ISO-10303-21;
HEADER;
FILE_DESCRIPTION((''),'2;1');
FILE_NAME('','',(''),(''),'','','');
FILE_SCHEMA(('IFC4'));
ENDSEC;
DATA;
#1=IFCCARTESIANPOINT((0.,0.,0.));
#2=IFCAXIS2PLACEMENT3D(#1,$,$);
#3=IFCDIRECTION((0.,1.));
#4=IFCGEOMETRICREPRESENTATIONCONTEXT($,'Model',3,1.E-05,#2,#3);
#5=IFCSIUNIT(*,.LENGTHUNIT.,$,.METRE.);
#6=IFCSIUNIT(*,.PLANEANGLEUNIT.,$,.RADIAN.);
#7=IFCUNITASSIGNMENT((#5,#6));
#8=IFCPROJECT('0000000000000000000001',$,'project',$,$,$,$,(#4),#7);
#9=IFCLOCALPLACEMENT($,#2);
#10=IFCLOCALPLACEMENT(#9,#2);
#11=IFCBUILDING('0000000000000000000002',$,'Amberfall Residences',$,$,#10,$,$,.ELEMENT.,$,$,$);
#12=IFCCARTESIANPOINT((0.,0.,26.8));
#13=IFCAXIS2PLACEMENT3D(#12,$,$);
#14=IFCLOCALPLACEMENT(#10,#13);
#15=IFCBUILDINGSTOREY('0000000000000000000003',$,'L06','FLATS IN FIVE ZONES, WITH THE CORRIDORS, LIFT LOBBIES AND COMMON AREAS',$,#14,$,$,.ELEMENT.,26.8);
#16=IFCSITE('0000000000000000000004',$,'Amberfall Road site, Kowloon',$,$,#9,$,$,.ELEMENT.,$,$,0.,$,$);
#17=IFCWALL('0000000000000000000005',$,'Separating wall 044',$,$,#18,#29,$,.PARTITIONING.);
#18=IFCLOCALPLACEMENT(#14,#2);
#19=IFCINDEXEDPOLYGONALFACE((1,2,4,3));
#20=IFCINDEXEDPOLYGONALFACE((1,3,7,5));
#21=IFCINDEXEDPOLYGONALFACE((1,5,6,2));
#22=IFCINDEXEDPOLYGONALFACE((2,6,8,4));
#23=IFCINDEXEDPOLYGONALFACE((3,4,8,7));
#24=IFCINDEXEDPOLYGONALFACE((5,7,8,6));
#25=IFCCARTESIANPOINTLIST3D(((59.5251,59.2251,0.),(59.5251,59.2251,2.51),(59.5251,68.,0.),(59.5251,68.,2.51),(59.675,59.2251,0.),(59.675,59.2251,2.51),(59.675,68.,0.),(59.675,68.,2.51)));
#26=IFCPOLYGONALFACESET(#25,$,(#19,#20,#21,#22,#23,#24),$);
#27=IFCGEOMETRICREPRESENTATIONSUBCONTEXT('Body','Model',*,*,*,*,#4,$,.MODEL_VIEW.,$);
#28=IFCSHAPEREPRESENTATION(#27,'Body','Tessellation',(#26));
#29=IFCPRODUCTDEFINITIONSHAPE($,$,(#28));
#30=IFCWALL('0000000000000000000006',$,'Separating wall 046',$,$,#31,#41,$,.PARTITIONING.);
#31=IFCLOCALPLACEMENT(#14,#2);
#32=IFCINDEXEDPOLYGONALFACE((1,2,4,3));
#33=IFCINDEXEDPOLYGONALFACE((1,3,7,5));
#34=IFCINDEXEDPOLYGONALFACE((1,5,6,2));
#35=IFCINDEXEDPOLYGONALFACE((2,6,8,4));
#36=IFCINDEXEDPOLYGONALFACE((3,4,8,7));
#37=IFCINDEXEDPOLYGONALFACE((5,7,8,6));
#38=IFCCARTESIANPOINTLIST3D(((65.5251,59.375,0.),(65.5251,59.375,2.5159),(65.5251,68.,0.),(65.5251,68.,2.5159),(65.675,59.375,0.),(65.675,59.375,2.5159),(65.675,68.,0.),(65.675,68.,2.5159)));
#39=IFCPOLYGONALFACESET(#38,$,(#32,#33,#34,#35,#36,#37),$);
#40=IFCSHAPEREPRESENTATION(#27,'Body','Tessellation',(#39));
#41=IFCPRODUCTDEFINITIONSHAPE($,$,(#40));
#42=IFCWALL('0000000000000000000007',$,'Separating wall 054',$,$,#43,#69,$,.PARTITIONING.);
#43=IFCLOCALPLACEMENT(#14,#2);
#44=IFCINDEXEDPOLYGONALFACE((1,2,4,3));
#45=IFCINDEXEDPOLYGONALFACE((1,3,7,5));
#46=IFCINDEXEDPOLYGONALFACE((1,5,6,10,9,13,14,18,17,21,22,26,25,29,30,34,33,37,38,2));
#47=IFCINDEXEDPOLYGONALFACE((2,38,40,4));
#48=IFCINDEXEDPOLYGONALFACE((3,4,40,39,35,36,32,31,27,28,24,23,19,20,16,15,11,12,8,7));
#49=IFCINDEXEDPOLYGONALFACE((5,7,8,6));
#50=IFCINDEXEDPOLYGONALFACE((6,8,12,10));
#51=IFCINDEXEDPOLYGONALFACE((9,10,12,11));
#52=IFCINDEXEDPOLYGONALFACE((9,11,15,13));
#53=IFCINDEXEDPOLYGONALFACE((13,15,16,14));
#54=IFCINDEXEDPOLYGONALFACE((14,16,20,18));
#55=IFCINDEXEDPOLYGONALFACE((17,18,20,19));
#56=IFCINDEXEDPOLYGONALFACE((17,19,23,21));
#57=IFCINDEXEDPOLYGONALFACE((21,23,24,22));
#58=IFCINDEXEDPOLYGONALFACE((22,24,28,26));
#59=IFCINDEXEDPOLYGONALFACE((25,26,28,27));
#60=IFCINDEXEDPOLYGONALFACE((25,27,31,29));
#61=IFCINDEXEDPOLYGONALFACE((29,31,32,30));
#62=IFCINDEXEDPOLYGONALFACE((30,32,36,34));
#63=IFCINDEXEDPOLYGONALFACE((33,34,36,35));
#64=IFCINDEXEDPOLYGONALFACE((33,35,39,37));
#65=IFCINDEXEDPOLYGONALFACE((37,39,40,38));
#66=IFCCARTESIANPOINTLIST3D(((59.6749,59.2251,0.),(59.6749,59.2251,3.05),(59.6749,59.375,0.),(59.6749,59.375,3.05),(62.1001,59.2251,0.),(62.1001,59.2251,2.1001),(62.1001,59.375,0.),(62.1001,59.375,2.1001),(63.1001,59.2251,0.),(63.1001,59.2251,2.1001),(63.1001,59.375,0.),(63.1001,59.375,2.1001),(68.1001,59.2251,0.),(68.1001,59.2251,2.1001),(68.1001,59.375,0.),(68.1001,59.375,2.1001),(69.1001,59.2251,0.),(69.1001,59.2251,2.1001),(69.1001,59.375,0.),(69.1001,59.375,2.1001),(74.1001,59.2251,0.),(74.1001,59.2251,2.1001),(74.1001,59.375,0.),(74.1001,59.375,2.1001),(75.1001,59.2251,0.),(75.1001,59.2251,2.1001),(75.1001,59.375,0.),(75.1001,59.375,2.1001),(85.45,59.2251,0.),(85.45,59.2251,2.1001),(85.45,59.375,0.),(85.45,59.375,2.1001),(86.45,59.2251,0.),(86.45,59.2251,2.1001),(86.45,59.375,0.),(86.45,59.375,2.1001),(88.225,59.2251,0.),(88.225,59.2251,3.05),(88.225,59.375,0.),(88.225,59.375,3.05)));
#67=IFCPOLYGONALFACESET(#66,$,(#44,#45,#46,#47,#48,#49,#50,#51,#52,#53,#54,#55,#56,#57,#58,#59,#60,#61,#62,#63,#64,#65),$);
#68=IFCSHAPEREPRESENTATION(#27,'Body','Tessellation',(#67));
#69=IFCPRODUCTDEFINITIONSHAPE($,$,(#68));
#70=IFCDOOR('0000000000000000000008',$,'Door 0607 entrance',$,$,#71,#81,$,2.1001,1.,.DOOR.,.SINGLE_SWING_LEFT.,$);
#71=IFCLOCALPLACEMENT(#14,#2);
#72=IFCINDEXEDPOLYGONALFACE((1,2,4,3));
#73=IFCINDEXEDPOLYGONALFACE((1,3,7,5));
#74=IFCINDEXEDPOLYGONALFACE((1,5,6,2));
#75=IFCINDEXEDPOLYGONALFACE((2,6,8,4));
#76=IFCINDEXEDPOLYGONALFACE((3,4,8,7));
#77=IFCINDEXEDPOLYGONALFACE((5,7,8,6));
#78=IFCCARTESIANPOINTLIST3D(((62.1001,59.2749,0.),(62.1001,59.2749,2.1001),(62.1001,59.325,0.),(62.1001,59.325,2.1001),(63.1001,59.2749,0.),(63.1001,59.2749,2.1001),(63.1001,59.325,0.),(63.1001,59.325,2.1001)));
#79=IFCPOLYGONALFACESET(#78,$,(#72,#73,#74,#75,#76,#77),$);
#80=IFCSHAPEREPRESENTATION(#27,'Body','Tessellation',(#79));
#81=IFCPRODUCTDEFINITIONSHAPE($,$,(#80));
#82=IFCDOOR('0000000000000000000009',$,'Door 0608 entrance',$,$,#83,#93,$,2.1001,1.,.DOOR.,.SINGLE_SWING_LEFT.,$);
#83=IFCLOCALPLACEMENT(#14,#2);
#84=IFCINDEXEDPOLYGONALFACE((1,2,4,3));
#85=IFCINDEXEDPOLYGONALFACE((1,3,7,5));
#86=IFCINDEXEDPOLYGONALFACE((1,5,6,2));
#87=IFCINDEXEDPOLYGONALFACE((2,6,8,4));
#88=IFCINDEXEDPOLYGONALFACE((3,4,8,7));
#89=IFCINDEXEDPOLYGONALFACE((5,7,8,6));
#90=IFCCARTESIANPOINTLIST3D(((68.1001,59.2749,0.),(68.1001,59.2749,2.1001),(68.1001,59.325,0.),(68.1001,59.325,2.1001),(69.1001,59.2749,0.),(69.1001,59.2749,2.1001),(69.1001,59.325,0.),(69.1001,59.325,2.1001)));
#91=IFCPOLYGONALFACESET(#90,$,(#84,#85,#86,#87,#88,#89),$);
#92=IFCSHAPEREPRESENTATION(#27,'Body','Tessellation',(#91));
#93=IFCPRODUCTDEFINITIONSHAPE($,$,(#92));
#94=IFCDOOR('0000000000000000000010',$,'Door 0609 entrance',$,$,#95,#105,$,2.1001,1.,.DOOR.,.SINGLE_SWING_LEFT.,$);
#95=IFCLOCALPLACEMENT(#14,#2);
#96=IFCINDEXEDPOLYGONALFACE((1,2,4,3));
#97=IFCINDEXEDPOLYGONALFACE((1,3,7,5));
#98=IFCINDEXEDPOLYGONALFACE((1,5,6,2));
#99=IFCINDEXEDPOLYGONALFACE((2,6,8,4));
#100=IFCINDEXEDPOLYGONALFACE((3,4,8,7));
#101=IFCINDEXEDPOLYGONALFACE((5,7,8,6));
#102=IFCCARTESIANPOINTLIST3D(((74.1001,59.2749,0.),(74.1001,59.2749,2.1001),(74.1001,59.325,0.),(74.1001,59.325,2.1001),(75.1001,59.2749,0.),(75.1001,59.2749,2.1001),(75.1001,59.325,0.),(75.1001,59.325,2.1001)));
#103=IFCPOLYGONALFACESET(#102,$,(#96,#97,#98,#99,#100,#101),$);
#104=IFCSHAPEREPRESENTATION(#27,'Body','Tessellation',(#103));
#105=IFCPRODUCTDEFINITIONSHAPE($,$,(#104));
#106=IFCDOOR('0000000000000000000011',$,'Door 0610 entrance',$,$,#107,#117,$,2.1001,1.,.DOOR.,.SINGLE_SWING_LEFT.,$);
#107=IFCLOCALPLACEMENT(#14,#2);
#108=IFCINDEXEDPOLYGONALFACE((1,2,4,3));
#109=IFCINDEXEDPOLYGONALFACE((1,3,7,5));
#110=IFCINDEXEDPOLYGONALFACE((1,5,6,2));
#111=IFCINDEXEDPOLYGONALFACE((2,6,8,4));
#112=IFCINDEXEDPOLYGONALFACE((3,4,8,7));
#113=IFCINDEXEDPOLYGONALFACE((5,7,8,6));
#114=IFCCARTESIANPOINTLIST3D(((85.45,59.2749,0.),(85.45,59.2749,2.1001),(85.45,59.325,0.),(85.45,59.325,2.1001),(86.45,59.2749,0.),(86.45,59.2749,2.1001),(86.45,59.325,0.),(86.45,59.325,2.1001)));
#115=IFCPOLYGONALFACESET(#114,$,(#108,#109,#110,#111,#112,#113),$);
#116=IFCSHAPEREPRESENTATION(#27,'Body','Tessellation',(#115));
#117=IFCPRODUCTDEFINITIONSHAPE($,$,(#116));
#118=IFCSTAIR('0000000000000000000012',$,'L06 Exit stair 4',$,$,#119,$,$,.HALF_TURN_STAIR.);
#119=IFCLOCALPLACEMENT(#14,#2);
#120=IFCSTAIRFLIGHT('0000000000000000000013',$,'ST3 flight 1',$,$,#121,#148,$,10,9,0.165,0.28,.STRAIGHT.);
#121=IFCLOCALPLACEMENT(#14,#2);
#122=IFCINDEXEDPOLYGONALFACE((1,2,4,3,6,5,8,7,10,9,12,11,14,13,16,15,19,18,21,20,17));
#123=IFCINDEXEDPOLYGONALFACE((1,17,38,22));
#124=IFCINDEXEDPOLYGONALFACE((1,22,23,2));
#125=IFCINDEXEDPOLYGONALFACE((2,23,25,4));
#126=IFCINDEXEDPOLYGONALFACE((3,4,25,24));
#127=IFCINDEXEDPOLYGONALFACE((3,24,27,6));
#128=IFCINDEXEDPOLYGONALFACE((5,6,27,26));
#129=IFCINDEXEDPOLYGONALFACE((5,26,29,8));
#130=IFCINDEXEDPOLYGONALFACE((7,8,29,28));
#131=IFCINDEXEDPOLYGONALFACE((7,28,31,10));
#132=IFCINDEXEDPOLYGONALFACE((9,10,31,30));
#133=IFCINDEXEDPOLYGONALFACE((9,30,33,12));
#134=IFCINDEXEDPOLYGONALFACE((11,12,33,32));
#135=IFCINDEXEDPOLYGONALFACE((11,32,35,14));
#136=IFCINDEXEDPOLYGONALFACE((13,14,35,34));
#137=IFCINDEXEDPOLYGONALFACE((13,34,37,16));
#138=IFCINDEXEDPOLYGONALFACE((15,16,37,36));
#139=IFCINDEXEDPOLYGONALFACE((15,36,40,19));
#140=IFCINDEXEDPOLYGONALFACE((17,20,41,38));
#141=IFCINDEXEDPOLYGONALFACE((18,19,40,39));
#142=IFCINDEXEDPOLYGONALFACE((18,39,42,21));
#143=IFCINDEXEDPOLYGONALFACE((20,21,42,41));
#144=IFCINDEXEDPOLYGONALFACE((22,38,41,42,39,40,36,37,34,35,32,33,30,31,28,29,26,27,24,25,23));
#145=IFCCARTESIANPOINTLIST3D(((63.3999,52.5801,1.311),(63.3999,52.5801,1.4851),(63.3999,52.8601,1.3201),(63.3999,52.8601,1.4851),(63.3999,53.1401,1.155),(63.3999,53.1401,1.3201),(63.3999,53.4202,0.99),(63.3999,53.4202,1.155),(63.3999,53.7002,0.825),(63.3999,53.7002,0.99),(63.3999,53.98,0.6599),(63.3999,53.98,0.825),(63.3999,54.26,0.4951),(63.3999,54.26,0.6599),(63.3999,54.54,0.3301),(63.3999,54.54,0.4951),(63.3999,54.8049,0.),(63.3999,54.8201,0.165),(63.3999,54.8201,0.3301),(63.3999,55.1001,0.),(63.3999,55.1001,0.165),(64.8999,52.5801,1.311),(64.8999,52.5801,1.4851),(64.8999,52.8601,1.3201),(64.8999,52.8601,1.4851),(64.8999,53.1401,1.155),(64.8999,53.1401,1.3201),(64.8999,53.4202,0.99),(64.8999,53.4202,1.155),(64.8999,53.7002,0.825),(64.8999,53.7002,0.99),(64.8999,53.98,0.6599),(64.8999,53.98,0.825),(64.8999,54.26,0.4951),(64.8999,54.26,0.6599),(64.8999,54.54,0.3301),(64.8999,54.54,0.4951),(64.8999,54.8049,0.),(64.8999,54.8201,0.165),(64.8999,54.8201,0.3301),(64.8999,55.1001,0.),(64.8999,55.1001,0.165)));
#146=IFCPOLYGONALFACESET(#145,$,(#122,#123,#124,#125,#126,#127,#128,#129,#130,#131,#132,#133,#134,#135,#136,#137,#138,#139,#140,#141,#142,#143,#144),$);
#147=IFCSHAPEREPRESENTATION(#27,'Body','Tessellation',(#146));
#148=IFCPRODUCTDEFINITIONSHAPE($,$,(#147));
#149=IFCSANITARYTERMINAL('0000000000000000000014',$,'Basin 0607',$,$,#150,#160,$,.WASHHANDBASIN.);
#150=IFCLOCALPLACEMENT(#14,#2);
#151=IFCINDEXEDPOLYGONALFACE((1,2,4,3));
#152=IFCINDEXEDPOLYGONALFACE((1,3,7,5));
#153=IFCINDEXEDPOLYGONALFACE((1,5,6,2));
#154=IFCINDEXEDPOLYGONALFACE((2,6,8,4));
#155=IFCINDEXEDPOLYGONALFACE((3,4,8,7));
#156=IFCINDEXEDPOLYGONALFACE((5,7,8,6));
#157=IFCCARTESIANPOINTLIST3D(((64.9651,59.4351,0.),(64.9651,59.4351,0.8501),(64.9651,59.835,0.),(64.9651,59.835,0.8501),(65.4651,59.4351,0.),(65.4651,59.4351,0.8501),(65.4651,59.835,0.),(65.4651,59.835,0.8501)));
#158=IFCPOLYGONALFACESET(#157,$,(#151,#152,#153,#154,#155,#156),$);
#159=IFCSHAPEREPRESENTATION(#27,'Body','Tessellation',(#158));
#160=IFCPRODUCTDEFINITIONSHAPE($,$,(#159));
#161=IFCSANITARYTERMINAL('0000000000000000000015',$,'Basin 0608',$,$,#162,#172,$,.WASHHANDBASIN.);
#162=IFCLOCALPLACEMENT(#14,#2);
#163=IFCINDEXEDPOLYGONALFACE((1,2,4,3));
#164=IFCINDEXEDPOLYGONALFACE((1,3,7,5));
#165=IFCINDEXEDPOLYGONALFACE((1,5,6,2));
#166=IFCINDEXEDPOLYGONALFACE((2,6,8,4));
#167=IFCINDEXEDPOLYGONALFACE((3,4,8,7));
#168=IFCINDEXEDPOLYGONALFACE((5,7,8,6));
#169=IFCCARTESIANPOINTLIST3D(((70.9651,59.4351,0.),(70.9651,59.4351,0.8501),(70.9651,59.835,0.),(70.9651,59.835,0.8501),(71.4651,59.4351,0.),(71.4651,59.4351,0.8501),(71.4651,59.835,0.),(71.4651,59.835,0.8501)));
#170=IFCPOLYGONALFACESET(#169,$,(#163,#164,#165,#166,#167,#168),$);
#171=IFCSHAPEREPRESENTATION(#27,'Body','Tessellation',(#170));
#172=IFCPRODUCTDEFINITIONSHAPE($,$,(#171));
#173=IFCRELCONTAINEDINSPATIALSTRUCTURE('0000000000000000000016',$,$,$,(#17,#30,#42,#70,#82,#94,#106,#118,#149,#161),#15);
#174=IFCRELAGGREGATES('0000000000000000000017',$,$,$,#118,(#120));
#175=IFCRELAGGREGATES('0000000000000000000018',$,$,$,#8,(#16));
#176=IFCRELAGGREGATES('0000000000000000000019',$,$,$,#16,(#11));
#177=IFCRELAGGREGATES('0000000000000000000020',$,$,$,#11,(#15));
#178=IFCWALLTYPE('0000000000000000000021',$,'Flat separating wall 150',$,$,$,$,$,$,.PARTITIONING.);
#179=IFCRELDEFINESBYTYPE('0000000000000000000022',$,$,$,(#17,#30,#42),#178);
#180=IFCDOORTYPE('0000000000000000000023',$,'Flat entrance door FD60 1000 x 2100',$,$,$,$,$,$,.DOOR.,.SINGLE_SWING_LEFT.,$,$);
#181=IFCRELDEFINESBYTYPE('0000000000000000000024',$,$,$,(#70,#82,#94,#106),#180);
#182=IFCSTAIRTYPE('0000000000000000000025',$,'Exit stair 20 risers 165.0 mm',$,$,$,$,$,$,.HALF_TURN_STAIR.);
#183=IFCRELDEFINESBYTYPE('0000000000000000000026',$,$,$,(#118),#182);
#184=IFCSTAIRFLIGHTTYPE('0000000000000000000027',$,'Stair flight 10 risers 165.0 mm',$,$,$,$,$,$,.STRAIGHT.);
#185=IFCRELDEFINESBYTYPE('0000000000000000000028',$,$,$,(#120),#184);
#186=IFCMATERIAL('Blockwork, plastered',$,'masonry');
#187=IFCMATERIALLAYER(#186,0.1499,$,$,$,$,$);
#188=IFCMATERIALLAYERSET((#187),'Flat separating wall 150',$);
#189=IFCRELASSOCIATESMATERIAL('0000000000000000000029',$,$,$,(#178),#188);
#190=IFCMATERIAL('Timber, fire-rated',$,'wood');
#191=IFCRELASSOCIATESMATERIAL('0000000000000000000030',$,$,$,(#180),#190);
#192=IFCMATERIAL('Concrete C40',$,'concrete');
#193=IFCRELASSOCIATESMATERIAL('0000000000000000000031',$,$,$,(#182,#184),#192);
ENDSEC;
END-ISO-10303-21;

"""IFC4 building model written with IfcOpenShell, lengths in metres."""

from ifc_helpers import new_model, si_unit, direction, frame, frame_2d, origin, origin_2d, place, context, subcontext, project, spatial, polyline, rectangle, outline, extrude, material, layer, layer_set, type_object, element, fill, aggregate, save


model = new_model("IFC4")

# Units and contexts
model_context = context("Model", 3, precision=1e-05, world=origin(), true_north=direction((0.0, 1.0)))
body_context = subcontext(model_context, "Body", "Model", "MODEL_VIEW")
ifc_project = project(units=[si_unit("LENGTHUNIT", "METRE"), si_unit("PLANEANGLEUNIT", "RADIAN")], contexts=[model_context])

# Site, building, storey
site_placement = place(None, origin())
site = spatial("IfcSite", under=ifc_project, at=site_placement, Name="Amberfall Road site, Kowloon", CompositionType="ELEMENT", RefElevation=0.0)
building_placement = place(site_placement, origin())
building = spatial("IfcBuilding", under=site, at=building_placement, Name="Amberfall Residences", CompositionType="ELEMENT")
storey_placement = place(building_placement, frame((0.0, 0.0, 26.8)))
storey = spatial("IfcBuildingStorey", under=building, at=storey_placement, Name="L06", Description="FLATS IN FIVE ZONES, WITH THE CORRIDORS, LIFT LOBBIES AND COMMON AREAS", CompositionType="ELEMENT", Elevation=26.8)

# Walls
ifc_material_1 = material(Name="Blockwork, plastered", Category="masonry")
ifc_layer_1 = layer(ifc_material_1, 0.1499)
ifc_layer_set_1 = layer_set([ifc_layer_1], Name="Flat separating wall 150")
wall_type_1 = type_object("IfcWallType", Name="Flat separating wall 150", PredefinedType="PARTITIONING", material=ifc_layer_set_1)
wall_1_placement = place(storey_placement, frame((59.6001, 59.2251, 0.0), z_axis=(0.0, 0.0, 1.0), x_axis=(0.0, 1.0, 0.0)))
element("IfcWall", 1, at=wall_1_placement, inside=storey, type_object=wall_type_1, Name="Separating wall 044", PredefinedType="PARTITIONING", context=body_context, shape_type="SweptSolid", body=[
    extrude(rectangle(XDim=8.7749, YDim=0.1499, at=frame_2d((4.3875, 0.0))), origin(), (0.0, 0.0, 1.0), 2.51),
])
wall_2_placement = place(storey_placement, frame((65.6001, 59.375, 0.0), z_axis=(0.0, 0.0, 1.0), x_axis=(0.0, 1.0, 0.0)))
element("IfcWall", 2, at=wall_2_placement, inside=storey, type_object=wall_type_1, Name="Separating wall 046", PredefinedType="PARTITIONING", context=body_context, shape_type="SweptSolid", body=[
    extrude(rectangle(XDim=8.625, YDim=0.1499, at=frame_2d((4.3125, 0.0))), origin(), (0.0, 0.0, 1.0), 2.5159),
])

# Wall, openings, doors
wall_3_placement = place(storey_placement, frame((59.675, 59.3, 0.0), z_axis=(0.0, 0.0, 1.0), x_axis=(1.0, 0.0, 0.0)))
wall_3 = element("IfcWall", 3, at=wall_3_placement, inside=storey, type_object=wall_type_1, Name="Separating wall 054", PredefinedType="PARTITIONING", context=body_context, shape_type="SweptSolid", body=[
    extrude(rectangle(XDim=28.55, YDim=0.1499, at=frame_2d((14.2749, 0.0))), origin(), (0.0, 0.0, 1.0), 3.05),
])
opening_1_placement = place(wall_3_placement, frame((2.425, 0.0, 0.0)))
opening_1 = element("IfcOpeningElement", 4, at=opening_1_placement, cuts=wall_3, PredefinedType="OPENING", context=body_context, shape_type="SweptSolid", body=[
    extrude(rectangle(XDim=1.0, YDim=2.1001, at=frame_2d((0.5, 1.05))), frame((0.0, 0.085, 0.0), z_axis=(0.0, -1.0, 0.0), x_axis=(1.0, 0.0, 0.0)), (0.0, 0.0, 1.0), 0.1699),
])
opening_2_placement = place(wall_3_placement, frame((8.425, 0.0, 0.0)))
opening_2 = element("IfcOpeningElement", 5, at=opening_2_placement, cuts=wall_3, PredefinedType="OPENING", context=body_context, shape_type="SweptSolid", body=[
    extrude(rectangle(XDim=1.0, YDim=2.1001, at=frame_2d((0.5, 1.05))), frame((0.0, 0.085, 0.0), z_axis=(0.0, -1.0, 0.0), x_axis=(1.0, 0.0, 0.0)), (0.0, 0.0, 1.0), 0.1699),
])
opening_3_placement = place(wall_3_placement, frame((14.425, 0.0, 0.0)))
opening_3 = element("IfcOpeningElement", 6, at=opening_3_placement, cuts=wall_3, PredefinedType="OPENING", context=body_context, shape_type="SweptSolid", body=[
    extrude(rectangle(XDim=1.0, YDim=2.1001, at=frame_2d((0.5, 1.05))), frame((0.0, 0.085, 0.0), z_axis=(0.0, -1.0, 0.0), x_axis=(1.0, 0.0, 0.0)), (0.0, 0.0, 1.0), 0.1699),
])
opening_4_placement = place(wall_3_placement, frame((25.7749, 0.0, 0.0)))
opening_4 = element("IfcOpeningElement", 7, at=opening_4_placement, cuts=wall_3, PredefinedType="OPENING", context=body_context, shape_type="SweptSolid", body=[
    extrude(rectangle(XDim=1.0, YDim=2.1001, at=frame_2d((0.5, 1.05))), frame((0.0, 0.085, 0.0), z_axis=(0.0, -1.0, 0.0), x_axis=(1.0, 0.0, 0.0)), (0.0, 0.0, 1.0), 0.1699),
])
ifc_material_2 = material(Name="Timber, fire-rated", Category="wood")
door_type_1 = type_object("IfcDoorType", Name="Flat entrance door FD60 1000 x 2100", OperationType="SINGLE_SWING_LEFT", PredefinedType="DOOR", material=ifc_material_2)
door_1_placement = place(opening_1_placement, origin())
door_1 = element("IfcDoor", 8, at=door_1_placement, inside=storey, type_object=door_type_1, Name="Door 0607 entrance", OperationType="SINGLE_SWING_LEFT", OverallHeight=2.1001, OverallWidth=1.0, PredefinedType="DOOR", context=body_context, shape_type="SweptSolid", body=[
    extrude(rectangle(XDim=1.0, YDim=2.1001, at=frame_2d((0.5, 1.05))), frame((0.0, 0.0249, 0.0), z_axis=(0.0, -1.0, 0.0), x_axis=(1.0, 0.0, 0.0)), (0.0, 0.0, 1.0), 0.05),
])
fill(opening_1, door_1)
door_2_placement = place(opening_2_placement, origin())
door_2 = element("IfcDoor", 9, at=door_2_placement, inside=storey, type_object=door_type_1, Name="Door 0608 entrance", OperationType="SINGLE_SWING_LEFT", OverallHeight=2.1001, OverallWidth=1.0, PredefinedType="DOOR", context=body_context, shape_type="SweptSolid", body=[
    extrude(rectangle(XDim=1.0, YDim=2.1001, at=frame_2d((0.5, 1.05))), frame((0.0, 0.0249, 0.0), z_axis=(0.0, -1.0, 0.0), x_axis=(1.0, 0.0, 0.0)), (0.0, 0.0, 1.0), 0.05),
])
fill(opening_2, door_2)
door_3_placement = place(opening_3_placement, origin())
door_3 = element("IfcDoor", 10, at=door_3_placement, inside=storey, type_object=door_type_1, Name="Door 0609 entrance", OperationType="SINGLE_SWING_LEFT", OverallHeight=2.1001, OverallWidth=1.0, PredefinedType="DOOR", context=body_context, shape_type="SweptSolid", body=[
    extrude(rectangle(XDim=1.0, YDim=2.1001, at=frame_2d((0.5, 1.05))), frame((0.0, 0.0249, 0.0), z_axis=(0.0, -1.0, 0.0), x_axis=(1.0, 0.0, 0.0)), (0.0, 0.0, 1.0), 0.05),
])
fill(opening_3, door_3)
door_4_placement = place(opening_4_placement, origin())
door_4 = element("IfcDoor", 11, at=door_4_placement, inside=storey, type_object=door_type_1, Name="Door 0610 entrance", OperationType="SINGLE_SWING_LEFT", OverallHeight=2.1001, OverallWidth=1.0, PredefinedType="DOOR", context=body_context, shape_type="SweptSolid", body=[
    extrude(rectangle(XDim=1.0, YDim=2.1001, at=frame_2d((0.5, 1.05))), frame((0.0, 0.0249, 0.0), z_axis=(0.0, -1.0, 0.0), x_axis=(1.0, 0.0, 0.0)), (0.0, 0.0, 1.0), 0.05),
])
fill(opening_4, door_4)

# Stair, stair flight
ifc_material_3 = material(Name="Concrete C40", Category="concrete")
stair_type = type_object("IfcStairType", Name="Exit stair 20 risers 165.0 mm", PredefinedType="HALF_TURN_STAIR", material=ifc_material_3)
stair_placement = place(storey_placement, origin())
stair = element("IfcStair", 12, at=stair_placement, inside=storey, type_object=stair_type, Name="L06 Exit stair 4", PredefinedType="HALF_TURN_STAIR")
stair_flight_type = type_object("IfcStairFlightType", Name="Stair flight 10 risers 165.0 mm", PredefinedType="STRAIGHT", material=ifc_material_3)
stair_flight_placement = place(storey_placement, frame((64.1499, 55.1001, 0.0), z_axis=(0.0, 0.0, 1.0), x_axis=(0.0, -1.0, 0.0)))
stair_flight = element("IfcStairFlight", 13, at=stair_flight_placement, type_object=stair_flight_type, Name="ST3 flight 1", NumberOfRisers=10, NumberOfTreads=9, PredefinedType="STRAIGHT", RiserHeight=0.165, TreadLength=0.28, context=body_context, shape_type="SweptSolid", body=[
    extrude(outline(polyline([(0.0, 0.0), (0.0, 0.165), (0.28, 0.165), (0.28, 0.3301), (0.5601, 0.3301), (0.5601, 0.4951), (0.8401, 0.4951), (0.8401, 0.6599), (1.1201, 0.6599), (1.1201, 0.825), (1.3999, 0.825), (1.3999, 0.99), (1.6799, 0.99), (1.6799, 1.155), (1.96, 1.155), (1.96, 1.3201), (2.24, 1.3201), (2.24, 1.4851), (2.52, 1.4851), (2.52, 1.6499), (2.52, 1.311), (0.2952, 0.0), (0.0, 0.0)])), frame((0.0, 0.75, 0.0), z_axis=(0.0, -1.0, 0.0), x_axis=(1.0, 0.0, 0.0)), (0.0, 0.0, 1.0), 1.5),
])
aggregate(stair, [stair_flight])

# Sanitary terminals
for number, where, z_axis, x_axis, name in (
    (14, (65.2151, 59.635, 0.0), (0.0, 0.0, 1.0), (1.0, 0.0, 0.0), "Basin 0607"),
    (15, (71.2151, 59.635, 0.0), (0.0, 0.0, 1.0), (1.0, 0.0, 0.0), "Basin 0608"),
):
    element("IfcSanitaryTerminal", number, at=place(storey_placement, frame(where, z_axis=z_axis, x_axis=x_axis)), inside=storey, Name=name, PredefinedType="WASHHANDBASIN", context=body_context, shape_type="SweptSolid", body=[
        extrude(rectangle(XDim=0.5, YDim=0.3999, at=origin_2d()), origin(), (0.0, 0.0, 1.0), 0.8501),
    ])

save(model, "model.ifc")
